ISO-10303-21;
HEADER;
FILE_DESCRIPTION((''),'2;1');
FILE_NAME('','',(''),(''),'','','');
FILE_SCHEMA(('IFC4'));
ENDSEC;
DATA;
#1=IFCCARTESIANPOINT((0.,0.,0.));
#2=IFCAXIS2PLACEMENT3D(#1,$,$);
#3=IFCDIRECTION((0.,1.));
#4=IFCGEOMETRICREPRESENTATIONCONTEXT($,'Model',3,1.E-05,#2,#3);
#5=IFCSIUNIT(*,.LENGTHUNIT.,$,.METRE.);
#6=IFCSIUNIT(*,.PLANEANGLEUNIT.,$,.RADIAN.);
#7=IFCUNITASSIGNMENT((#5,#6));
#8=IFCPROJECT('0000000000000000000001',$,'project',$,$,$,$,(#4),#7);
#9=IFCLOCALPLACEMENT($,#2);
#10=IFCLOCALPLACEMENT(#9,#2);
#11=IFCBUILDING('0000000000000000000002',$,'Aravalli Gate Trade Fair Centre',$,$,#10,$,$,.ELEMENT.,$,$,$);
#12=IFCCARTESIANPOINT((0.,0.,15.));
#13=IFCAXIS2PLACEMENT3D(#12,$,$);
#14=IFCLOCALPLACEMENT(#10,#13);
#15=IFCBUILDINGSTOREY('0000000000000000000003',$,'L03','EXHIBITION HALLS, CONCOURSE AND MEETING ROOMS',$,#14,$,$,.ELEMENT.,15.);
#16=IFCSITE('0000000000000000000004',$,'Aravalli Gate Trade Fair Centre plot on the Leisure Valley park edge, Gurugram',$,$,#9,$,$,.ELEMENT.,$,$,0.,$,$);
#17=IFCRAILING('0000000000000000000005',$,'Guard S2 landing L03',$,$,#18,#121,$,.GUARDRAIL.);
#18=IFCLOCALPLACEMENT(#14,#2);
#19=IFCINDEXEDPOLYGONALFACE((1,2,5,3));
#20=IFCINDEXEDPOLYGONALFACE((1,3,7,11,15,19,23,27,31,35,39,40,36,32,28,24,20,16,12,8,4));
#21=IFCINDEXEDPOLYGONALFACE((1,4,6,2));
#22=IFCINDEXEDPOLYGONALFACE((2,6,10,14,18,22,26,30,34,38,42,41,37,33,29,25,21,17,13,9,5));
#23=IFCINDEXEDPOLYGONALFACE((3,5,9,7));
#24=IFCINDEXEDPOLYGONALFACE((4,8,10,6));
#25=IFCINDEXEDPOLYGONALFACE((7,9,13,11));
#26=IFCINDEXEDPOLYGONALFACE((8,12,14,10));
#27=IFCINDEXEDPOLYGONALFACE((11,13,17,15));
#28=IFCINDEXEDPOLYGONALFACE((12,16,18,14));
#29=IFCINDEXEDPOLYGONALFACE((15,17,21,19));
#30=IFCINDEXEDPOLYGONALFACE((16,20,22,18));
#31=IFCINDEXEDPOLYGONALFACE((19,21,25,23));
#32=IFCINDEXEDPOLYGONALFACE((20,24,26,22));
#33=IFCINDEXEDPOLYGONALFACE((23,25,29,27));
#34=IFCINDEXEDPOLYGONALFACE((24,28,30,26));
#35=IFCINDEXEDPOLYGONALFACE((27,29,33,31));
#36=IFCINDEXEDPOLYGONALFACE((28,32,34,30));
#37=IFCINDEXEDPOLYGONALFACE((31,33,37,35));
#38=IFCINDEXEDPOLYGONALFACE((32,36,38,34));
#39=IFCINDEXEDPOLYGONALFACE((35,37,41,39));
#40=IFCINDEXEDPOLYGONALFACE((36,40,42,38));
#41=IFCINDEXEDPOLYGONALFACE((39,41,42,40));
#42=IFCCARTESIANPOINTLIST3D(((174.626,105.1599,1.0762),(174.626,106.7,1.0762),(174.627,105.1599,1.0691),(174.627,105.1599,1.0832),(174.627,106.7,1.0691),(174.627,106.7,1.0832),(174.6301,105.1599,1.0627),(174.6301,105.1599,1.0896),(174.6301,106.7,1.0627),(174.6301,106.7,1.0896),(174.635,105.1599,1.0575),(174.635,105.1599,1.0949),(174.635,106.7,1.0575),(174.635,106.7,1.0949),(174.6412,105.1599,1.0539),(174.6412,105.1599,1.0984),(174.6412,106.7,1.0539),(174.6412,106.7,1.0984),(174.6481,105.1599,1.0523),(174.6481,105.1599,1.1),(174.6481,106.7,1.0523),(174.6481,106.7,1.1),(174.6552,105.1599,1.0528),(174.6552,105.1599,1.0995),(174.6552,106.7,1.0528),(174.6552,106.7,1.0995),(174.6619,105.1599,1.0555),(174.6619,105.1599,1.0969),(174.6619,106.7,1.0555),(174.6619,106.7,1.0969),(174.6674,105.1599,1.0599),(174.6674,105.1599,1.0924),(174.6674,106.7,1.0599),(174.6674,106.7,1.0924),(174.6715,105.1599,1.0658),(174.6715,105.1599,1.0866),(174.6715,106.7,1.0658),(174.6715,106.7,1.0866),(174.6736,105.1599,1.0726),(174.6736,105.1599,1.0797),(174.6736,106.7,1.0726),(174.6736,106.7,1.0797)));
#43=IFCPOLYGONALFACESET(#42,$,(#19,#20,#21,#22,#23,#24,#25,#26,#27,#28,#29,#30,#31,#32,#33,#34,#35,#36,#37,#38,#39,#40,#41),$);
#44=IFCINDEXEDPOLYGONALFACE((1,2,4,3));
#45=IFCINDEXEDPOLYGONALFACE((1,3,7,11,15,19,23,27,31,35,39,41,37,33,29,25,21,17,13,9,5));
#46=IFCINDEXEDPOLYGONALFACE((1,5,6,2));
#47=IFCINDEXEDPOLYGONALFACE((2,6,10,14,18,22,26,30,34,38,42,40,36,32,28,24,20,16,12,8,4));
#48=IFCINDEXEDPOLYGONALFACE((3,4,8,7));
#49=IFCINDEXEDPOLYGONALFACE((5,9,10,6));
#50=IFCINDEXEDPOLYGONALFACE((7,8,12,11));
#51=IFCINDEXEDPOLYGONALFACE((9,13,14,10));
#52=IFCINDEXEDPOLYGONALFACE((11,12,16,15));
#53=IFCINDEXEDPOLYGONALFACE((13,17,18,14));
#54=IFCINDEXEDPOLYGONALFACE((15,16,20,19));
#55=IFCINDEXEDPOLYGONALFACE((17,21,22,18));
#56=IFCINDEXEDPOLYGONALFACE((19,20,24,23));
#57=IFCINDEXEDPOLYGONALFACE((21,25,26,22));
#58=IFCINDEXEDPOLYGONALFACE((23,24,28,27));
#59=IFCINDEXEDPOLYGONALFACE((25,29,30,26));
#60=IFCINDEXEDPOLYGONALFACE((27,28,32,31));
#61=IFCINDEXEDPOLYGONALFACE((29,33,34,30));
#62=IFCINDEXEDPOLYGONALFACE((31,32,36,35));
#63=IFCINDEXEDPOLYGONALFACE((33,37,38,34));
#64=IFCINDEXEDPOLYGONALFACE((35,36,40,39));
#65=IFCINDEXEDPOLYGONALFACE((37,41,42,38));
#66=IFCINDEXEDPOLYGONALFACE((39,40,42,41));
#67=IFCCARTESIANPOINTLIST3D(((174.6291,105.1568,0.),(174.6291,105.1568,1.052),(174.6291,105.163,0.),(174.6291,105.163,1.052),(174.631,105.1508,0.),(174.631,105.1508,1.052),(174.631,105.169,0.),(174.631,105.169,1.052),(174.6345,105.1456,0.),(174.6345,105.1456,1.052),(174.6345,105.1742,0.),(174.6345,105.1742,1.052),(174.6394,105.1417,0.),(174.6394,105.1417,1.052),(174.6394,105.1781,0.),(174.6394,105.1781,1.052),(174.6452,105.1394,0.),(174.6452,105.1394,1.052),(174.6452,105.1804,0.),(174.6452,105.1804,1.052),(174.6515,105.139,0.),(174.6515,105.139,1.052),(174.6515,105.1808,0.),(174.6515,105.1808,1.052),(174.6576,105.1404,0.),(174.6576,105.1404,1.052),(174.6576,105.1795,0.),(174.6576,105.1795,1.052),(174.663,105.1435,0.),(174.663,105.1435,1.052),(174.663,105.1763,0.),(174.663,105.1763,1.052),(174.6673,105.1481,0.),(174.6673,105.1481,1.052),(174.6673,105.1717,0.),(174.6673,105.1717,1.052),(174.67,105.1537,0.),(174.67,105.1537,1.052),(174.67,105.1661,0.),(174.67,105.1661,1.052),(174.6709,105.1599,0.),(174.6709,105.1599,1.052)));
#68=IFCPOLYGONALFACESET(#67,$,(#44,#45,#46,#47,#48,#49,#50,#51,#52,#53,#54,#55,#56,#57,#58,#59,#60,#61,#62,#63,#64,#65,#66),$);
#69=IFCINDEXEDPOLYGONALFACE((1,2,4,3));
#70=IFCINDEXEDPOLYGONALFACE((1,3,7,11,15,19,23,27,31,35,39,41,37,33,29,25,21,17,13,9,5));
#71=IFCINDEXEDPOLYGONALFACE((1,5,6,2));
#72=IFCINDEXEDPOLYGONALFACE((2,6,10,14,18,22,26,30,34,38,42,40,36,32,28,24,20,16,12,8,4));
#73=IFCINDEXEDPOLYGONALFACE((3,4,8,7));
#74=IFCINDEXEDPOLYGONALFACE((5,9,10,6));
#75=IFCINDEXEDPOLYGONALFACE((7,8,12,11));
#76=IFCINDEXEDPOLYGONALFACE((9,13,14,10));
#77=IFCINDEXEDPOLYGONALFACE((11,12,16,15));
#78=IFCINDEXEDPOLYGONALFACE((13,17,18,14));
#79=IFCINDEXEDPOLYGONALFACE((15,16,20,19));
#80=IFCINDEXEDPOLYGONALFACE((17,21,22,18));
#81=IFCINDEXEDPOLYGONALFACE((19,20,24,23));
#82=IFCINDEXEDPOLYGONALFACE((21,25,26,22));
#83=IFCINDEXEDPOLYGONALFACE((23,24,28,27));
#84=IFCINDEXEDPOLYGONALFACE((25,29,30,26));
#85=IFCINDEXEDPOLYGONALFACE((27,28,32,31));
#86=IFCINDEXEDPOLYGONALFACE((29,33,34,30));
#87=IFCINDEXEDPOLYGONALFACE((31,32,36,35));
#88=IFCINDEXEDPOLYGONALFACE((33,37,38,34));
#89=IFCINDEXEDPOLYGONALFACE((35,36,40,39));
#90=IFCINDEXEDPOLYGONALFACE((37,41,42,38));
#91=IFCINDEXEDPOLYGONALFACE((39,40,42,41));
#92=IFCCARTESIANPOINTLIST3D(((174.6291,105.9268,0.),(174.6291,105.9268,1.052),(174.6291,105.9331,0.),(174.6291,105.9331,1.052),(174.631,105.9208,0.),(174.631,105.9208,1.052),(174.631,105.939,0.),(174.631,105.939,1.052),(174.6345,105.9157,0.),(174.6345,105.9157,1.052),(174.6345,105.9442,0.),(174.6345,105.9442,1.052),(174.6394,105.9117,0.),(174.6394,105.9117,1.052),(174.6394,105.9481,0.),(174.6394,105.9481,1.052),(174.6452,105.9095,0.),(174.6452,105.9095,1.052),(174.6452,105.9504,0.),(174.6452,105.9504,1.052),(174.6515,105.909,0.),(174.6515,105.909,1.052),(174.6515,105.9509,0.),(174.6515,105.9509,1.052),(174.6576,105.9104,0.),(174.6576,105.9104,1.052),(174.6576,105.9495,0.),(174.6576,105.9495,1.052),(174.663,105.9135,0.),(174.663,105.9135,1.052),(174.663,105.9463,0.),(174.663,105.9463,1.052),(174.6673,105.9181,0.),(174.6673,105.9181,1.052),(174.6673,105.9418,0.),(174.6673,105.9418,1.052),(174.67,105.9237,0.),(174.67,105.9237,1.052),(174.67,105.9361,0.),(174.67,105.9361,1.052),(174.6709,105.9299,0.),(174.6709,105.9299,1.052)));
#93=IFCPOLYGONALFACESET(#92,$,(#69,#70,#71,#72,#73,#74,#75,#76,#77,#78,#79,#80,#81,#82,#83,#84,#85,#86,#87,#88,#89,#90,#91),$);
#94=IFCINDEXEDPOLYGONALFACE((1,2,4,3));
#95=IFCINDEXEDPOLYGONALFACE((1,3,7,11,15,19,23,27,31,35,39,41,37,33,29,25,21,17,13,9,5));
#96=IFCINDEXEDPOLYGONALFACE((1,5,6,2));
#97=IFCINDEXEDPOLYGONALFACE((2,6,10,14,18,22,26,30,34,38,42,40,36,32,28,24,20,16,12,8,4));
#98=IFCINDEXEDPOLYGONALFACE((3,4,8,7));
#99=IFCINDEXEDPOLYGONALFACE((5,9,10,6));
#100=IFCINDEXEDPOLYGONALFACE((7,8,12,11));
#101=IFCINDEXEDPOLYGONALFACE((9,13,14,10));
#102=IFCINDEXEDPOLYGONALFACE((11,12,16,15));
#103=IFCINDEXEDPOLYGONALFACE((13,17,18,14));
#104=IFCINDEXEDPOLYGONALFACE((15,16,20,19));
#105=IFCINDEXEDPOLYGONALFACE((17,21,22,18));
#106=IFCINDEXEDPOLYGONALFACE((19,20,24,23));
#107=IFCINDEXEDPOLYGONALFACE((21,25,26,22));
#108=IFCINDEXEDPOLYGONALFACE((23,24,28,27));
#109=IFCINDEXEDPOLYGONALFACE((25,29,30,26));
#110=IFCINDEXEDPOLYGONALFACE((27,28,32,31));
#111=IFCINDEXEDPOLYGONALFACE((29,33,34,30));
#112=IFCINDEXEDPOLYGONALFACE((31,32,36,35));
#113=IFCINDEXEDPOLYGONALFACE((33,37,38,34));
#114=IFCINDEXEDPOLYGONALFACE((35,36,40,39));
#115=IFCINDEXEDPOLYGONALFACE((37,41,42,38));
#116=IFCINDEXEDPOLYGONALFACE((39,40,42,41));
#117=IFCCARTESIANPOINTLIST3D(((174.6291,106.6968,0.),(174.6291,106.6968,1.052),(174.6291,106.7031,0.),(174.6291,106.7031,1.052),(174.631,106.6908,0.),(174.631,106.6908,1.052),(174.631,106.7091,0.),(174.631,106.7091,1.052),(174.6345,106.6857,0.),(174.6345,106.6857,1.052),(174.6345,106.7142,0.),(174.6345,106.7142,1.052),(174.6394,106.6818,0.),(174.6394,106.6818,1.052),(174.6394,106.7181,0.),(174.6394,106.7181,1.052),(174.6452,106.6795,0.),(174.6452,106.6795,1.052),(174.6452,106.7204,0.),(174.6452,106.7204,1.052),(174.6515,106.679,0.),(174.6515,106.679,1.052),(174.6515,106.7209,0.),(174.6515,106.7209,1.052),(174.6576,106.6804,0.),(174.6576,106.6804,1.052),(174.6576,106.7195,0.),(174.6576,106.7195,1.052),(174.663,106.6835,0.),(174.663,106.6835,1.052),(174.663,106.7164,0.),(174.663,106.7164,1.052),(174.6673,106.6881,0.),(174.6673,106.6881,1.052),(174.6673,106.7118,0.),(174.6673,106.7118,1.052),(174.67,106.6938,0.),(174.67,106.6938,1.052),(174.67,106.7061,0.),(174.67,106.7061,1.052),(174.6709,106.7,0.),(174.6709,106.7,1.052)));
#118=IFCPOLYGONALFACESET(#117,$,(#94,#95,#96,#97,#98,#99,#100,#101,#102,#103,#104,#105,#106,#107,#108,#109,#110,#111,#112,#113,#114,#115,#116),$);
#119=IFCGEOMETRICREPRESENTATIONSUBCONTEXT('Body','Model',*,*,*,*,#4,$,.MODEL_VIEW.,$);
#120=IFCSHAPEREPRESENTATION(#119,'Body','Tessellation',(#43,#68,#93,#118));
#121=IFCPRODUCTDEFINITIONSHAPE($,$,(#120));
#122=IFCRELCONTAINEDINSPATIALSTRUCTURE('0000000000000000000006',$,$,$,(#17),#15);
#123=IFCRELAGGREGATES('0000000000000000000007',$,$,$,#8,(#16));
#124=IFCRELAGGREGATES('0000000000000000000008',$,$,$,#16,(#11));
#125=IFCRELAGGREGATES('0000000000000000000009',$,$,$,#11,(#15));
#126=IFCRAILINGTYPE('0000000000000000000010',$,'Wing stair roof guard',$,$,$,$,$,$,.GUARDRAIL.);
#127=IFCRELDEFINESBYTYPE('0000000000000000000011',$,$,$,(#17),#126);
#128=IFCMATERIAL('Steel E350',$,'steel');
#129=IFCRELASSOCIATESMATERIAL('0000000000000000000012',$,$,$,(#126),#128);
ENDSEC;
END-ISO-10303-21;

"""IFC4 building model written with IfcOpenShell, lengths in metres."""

from ifc_helpers import new_model, si_unit, direction, frame, origin, origin_2d, place, context, subcontext, project, spatial, circle, extrude, material, type_object, element, save


model = new_model("IFC4")

# Units and contexts
model_context = context("Model", 3, precision=1e-05, world=origin(), true_north=direction((0.0, 1.0)))
body_context = subcontext(model_context, "Body", "Model", "MODEL_VIEW")
ifc_project = project(units=[si_unit("LENGTHUNIT", "METRE"), si_unit("PLANEANGLEUNIT", "RADIAN")], contexts=[model_context])

# Site, building, storey
site_placement = place(None, origin())
site = spatial("IfcSite", under=ifc_project, at=site_placement, Name="Aravalli Gate Trade Fair Centre plot on the Leisure Valley park edge, Gurugram", CompositionType="ELEMENT", RefElevation=0.0)
building_placement = place(site_placement, origin())
building = spatial("IfcBuilding", under=site, at=building_placement, Name="Aravalli Gate Trade Fair Centre", CompositionType="ELEMENT")
storey_placement = place(building_placement, frame((0.0, 0.0, 15.0)))
storey = spatial("IfcBuildingStorey", under=building, at=storey_placement, Name="L03", Description="EXHIBITION HALLS, CONCOURSE AND MEETING ROOMS", CompositionType="ELEMENT", Elevation=15.0)

# Railing
ifc_material_1 = material(Name="Steel E350", Category="steel")
railing_type_1 = type_object("IfcRailingType", Name="Wing stair roof guard", PredefinedType="GUARDRAIL", material=ifc_material_1)
railing_1_placement = place(storey_placement, frame((174.6499, 105.1599, 0.0)))
element("IfcRailing", 1, at=railing_1_placement, inside=storey, type_object=railing_type_1, Name="Guard S2 landing L03", PredefinedType="GUARDRAIL", context=body_context, shape_type="SweptSolid", body=[
    extrude(circle(Radius=0.0239, at=origin_2d()), frame((0.0, 0.0, 1.0762), z_axis=(0.0, 1.0, 0.0), x_axis=(-1.0, 0.0, 0.0)), (0.0, 0.0, 1.0), 1.54),
    extrude(circle(Radius=0.021, at=origin_2d()), origin(), (0.0, 0.0, 1.0), 1.052),
    extrude(circle(Radius=0.021, at=origin_2d()), frame((0.0, 0.77, 0.0)), (0.0, 0.0, 1.0), 1.052),
    extrude(circle(Radius=0.021, at=origin_2d()), frame((0.0, 1.54, 0.0)), (0.0, 0.0, 1.0), 1.052),
])

save(model, "model.ifc")
